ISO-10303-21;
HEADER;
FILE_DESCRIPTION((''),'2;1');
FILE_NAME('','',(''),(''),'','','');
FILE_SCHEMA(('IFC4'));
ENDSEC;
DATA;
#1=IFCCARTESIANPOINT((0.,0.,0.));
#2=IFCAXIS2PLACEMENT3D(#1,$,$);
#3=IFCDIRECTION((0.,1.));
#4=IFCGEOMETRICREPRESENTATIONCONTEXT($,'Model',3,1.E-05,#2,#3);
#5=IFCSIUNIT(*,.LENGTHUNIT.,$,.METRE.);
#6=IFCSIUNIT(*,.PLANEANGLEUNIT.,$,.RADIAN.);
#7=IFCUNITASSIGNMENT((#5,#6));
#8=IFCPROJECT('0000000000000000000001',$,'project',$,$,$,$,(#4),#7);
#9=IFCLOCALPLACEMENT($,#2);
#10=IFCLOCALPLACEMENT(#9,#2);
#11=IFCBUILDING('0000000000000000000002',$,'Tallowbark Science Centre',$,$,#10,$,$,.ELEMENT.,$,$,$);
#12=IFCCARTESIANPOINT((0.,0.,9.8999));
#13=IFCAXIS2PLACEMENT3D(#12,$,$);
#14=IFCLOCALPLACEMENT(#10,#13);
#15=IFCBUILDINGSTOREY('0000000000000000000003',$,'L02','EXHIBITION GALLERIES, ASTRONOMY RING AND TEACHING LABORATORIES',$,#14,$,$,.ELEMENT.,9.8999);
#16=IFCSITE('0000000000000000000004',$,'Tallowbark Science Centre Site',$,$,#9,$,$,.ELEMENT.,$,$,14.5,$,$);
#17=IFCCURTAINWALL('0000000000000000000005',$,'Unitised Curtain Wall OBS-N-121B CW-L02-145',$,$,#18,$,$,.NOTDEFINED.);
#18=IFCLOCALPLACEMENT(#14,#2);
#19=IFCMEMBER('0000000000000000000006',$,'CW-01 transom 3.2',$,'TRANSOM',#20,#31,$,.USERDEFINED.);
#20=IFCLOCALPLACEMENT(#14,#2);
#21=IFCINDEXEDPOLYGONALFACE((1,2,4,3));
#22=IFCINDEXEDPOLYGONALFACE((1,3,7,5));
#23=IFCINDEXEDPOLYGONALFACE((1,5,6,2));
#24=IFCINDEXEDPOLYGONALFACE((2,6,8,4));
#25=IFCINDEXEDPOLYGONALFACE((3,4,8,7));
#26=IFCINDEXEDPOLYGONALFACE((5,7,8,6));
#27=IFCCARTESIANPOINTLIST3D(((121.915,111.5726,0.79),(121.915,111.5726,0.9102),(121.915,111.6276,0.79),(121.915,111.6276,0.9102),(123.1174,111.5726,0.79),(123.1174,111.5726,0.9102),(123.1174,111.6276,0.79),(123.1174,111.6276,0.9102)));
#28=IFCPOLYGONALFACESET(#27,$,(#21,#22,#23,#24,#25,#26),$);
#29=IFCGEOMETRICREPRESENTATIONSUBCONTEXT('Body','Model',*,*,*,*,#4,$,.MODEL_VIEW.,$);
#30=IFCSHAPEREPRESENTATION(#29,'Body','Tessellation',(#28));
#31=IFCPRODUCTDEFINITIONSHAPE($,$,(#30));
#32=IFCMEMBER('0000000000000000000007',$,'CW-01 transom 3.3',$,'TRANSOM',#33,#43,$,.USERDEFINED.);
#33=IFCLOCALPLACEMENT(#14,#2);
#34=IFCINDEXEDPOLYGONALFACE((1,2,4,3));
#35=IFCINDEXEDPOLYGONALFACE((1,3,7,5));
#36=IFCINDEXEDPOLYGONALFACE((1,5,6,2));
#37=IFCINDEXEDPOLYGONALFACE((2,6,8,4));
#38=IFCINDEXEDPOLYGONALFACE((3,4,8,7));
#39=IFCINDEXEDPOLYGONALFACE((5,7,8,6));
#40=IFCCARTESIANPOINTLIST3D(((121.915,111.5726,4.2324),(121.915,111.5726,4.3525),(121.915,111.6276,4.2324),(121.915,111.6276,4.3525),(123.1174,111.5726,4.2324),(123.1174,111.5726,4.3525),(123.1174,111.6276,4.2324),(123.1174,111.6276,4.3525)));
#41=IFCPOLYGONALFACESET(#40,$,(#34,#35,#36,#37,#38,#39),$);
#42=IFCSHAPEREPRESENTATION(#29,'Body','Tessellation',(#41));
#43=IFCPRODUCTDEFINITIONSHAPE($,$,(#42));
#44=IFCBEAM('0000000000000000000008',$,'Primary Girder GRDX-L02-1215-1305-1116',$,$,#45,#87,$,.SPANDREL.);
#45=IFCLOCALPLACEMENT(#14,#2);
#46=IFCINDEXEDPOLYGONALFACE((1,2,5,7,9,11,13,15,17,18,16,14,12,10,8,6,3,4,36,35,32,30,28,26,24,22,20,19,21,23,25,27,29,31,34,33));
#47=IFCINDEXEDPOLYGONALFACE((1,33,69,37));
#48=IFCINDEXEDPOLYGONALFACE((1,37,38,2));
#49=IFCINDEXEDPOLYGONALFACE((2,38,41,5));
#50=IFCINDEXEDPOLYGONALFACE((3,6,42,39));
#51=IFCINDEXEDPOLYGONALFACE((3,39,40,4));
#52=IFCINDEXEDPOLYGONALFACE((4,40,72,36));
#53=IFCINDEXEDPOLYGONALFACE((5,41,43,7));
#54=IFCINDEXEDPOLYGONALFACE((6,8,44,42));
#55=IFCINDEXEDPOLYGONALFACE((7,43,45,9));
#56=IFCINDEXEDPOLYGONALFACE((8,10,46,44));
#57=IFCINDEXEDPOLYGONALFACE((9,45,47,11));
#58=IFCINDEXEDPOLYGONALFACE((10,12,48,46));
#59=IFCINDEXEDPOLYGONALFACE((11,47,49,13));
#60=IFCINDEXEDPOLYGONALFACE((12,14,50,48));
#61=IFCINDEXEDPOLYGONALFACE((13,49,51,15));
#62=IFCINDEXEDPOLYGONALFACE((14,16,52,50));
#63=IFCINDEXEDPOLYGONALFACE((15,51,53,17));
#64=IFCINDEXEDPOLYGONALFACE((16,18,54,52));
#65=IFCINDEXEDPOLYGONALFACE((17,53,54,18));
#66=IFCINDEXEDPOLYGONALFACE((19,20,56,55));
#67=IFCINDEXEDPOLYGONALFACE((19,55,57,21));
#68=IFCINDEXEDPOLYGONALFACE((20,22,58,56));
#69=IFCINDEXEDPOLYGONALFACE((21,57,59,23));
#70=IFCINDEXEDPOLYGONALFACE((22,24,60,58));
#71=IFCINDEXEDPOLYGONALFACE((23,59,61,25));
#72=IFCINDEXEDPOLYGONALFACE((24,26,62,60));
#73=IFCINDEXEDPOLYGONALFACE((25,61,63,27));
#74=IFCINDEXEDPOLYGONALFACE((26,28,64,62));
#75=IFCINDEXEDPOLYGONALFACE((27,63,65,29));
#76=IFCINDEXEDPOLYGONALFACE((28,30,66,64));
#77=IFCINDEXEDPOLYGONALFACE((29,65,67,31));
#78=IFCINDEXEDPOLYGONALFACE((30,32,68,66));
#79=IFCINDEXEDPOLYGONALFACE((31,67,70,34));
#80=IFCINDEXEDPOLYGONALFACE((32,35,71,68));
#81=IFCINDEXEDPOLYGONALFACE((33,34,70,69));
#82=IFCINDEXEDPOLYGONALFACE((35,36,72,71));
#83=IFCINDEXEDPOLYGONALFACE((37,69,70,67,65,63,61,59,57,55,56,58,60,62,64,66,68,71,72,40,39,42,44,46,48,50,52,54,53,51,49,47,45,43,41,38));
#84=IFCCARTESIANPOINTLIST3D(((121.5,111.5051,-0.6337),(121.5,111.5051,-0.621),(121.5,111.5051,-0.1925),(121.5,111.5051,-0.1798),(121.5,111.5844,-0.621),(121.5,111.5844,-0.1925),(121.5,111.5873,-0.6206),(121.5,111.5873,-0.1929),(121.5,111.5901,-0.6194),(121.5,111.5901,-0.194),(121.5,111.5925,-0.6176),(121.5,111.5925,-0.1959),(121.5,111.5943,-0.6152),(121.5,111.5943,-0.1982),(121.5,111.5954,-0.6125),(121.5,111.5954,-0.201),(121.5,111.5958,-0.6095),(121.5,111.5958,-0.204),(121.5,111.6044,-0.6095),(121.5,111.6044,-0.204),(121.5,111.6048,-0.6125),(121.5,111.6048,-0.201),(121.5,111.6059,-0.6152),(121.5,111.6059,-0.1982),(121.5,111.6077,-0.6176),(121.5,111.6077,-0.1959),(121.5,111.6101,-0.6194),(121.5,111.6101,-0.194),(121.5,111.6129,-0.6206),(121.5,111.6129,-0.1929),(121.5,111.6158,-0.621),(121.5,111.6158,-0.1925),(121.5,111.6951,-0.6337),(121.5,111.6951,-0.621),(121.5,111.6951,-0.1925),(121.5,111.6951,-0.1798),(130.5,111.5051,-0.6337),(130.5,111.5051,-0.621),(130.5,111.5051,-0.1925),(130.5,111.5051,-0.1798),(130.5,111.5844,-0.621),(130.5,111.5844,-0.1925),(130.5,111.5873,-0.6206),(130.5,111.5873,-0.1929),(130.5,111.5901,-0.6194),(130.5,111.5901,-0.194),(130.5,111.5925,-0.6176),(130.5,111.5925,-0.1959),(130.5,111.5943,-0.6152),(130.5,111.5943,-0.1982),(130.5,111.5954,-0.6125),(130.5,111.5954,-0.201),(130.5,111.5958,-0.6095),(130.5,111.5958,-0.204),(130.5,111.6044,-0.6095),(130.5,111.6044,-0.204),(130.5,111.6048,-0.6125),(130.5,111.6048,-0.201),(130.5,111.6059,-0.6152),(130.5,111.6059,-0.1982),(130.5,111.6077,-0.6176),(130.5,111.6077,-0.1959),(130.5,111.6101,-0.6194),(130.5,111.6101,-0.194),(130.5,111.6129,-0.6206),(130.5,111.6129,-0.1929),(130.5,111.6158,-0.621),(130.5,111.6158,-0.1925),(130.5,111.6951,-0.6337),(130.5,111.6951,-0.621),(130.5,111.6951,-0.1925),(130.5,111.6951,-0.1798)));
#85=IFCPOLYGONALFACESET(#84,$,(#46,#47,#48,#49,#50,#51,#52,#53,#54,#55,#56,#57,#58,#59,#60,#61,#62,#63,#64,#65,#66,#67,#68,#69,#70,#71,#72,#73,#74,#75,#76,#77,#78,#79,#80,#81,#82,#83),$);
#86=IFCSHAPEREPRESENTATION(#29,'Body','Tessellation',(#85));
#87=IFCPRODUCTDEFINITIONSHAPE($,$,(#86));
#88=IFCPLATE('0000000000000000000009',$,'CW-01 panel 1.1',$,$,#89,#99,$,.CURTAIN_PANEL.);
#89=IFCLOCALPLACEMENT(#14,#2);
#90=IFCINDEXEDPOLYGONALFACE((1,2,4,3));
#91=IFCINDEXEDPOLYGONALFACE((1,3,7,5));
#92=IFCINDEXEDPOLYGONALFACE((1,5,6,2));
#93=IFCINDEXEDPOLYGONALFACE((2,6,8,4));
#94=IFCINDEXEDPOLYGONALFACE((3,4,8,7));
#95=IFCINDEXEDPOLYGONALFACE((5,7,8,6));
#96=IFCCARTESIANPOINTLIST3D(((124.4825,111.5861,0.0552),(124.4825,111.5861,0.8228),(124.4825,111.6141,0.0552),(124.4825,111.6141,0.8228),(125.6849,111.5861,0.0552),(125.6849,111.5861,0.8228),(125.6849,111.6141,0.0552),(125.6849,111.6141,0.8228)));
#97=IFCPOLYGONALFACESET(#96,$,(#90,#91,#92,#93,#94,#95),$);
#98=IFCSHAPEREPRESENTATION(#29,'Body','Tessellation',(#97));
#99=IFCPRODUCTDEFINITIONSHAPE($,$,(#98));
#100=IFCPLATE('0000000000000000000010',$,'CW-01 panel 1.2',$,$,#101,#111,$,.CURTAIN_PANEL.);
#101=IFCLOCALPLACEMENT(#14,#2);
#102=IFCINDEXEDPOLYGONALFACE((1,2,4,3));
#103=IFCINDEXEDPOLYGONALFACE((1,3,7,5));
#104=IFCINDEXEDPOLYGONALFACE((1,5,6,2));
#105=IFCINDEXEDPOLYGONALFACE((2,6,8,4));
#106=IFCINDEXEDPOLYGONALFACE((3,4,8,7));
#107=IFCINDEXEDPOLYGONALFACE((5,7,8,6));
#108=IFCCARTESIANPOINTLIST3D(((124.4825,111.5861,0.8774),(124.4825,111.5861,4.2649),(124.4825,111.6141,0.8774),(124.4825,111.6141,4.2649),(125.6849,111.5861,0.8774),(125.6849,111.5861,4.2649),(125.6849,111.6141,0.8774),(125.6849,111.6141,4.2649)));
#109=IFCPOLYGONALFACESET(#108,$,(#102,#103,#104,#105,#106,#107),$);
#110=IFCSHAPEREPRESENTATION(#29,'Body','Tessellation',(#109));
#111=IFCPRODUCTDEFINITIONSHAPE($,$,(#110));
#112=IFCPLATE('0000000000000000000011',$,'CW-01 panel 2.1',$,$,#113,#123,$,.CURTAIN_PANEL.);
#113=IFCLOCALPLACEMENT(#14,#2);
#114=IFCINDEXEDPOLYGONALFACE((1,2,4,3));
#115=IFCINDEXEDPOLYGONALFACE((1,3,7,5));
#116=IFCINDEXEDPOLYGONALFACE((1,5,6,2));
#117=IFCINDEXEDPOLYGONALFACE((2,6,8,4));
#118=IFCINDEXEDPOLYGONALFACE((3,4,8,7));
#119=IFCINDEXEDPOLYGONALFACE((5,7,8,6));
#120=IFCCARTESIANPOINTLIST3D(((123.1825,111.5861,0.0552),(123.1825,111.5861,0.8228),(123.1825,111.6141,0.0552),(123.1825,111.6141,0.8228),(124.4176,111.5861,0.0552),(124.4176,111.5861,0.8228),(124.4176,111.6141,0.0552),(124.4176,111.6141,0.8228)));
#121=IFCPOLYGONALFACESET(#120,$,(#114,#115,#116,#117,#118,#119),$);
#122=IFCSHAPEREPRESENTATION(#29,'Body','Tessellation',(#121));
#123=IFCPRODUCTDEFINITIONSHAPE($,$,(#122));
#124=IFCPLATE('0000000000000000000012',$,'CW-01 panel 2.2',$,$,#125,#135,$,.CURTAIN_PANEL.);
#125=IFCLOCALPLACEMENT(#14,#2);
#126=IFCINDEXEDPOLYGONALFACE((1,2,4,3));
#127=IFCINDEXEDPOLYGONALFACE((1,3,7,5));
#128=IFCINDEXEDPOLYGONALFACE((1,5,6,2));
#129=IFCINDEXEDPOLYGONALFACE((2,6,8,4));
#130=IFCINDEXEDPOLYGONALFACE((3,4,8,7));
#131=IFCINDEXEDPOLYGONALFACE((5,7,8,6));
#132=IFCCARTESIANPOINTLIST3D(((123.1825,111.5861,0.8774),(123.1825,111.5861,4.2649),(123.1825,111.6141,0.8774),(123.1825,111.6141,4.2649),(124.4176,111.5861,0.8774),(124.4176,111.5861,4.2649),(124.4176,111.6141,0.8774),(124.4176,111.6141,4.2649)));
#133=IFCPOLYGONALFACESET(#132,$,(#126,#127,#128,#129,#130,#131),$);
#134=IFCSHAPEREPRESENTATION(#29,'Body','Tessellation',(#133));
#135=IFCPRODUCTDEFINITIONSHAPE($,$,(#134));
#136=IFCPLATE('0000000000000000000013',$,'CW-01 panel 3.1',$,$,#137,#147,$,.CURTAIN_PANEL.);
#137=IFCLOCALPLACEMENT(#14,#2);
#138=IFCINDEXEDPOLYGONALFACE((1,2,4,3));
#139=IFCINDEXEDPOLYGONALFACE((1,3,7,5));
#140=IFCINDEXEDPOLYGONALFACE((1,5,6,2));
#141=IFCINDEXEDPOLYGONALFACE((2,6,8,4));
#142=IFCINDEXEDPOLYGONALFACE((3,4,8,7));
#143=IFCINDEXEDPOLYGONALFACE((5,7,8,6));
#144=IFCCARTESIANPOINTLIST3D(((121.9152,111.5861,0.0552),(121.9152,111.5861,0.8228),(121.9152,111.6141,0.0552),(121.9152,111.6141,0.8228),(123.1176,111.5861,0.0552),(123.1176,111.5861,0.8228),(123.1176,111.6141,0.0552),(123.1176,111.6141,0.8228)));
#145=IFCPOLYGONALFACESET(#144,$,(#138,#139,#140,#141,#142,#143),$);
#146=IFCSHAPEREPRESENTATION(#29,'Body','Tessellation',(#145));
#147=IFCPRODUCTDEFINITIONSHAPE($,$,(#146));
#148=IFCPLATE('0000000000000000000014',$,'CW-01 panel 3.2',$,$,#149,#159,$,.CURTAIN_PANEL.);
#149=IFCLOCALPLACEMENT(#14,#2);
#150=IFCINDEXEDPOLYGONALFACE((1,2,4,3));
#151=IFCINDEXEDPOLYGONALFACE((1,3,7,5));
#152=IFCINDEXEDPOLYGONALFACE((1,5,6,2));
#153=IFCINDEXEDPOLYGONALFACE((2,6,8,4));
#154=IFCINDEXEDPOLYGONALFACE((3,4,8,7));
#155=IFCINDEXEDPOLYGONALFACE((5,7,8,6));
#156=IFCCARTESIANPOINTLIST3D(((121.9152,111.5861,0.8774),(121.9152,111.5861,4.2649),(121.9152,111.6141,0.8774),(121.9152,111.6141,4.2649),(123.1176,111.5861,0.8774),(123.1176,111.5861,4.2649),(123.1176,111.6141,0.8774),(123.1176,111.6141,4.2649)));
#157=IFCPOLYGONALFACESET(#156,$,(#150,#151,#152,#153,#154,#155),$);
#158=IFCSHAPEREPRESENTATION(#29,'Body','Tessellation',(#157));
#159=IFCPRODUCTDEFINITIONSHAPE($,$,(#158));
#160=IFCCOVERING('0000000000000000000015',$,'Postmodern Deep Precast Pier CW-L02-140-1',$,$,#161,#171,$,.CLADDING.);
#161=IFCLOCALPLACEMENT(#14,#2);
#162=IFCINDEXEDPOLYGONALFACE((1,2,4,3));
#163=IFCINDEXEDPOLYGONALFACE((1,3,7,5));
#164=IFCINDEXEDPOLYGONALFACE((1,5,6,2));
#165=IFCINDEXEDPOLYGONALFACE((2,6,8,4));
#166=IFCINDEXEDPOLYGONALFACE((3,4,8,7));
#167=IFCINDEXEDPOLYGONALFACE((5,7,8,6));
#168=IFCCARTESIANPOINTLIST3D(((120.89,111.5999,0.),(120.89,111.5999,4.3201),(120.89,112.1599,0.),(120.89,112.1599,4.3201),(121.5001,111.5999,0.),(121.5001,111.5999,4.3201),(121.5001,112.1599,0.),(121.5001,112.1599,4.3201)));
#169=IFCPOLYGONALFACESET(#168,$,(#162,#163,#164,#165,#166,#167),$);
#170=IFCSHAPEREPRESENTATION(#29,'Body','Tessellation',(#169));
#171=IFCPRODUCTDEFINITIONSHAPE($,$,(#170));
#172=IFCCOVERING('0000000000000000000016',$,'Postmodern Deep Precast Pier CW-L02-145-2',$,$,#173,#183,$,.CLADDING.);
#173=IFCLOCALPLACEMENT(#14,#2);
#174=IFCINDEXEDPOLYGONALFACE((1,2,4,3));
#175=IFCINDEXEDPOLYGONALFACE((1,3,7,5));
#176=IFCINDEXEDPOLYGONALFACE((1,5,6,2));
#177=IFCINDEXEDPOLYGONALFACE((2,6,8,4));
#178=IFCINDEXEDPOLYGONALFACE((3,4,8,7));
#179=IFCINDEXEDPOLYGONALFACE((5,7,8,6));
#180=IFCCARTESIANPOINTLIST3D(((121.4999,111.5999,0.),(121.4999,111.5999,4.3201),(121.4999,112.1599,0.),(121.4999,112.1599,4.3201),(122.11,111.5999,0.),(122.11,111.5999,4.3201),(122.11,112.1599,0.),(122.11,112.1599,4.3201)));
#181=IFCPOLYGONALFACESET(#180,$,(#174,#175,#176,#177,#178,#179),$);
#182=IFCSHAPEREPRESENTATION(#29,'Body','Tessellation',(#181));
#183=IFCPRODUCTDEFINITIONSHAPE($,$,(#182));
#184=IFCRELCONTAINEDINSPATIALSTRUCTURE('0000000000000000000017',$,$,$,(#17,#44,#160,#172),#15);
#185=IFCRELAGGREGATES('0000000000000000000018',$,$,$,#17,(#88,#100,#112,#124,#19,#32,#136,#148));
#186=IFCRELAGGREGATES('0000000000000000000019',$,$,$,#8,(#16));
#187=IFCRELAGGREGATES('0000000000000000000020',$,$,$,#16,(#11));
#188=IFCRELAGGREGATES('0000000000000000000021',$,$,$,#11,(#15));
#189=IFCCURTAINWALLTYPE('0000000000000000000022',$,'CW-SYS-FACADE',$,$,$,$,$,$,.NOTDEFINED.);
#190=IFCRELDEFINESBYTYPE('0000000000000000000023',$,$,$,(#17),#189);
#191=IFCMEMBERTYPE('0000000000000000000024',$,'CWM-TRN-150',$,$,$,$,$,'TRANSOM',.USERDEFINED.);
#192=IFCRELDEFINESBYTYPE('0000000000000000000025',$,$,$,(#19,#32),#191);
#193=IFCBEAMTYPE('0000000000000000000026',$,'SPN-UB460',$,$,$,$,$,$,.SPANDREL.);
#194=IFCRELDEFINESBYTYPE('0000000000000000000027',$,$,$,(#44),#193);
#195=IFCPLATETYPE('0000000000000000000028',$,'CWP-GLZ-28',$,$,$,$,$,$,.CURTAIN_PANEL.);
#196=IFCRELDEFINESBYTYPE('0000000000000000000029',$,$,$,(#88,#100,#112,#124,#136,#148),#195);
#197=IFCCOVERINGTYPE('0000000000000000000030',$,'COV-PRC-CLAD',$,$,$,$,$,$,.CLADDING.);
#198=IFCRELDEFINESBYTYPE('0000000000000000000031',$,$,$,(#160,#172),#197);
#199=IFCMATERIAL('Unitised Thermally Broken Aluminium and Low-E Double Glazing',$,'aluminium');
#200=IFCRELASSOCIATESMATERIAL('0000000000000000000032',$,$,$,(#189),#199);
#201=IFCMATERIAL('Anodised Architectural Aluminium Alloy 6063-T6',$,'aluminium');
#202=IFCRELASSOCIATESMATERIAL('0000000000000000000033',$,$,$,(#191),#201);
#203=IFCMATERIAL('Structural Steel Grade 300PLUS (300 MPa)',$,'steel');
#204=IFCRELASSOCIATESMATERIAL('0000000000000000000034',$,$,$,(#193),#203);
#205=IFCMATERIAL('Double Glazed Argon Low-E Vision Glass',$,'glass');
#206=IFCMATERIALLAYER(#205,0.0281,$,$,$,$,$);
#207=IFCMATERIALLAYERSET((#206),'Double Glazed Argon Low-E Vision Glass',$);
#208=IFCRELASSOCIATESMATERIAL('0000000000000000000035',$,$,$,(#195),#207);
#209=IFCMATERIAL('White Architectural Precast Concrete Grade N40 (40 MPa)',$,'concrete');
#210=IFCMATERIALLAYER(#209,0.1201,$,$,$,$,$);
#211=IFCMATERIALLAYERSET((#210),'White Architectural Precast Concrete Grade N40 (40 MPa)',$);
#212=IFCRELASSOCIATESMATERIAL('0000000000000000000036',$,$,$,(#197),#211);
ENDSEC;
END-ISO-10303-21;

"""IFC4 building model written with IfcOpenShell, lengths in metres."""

from ifc_helpers import new_model, si_unit, direction, frame, origin, origin_2d, place, context, subcontext, project, spatial, rectangle, i_section, extrude, material, layer, layer_set, material_profile, profile_set, type_object, element, aggregate, save


model = new_model("IFC4")

# Units and contexts
model_context = context("Model", 3, precision=1e-05, world=origin(), true_north=direction((0.0, 1.0)))
body_context = subcontext(model_context, "Body", "Model", "MODEL_VIEW")
ifc_project = project(units=[si_unit("LENGTHUNIT", "METRE"), si_unit("PLANEANGLEUNIT", "RADIAN")], contexts=[model_context])

# Site, building, storey
site_placement = place(None, origin())
site = spatial("IfcSite", under=ifc_project, at=site_placement, Name="Tallowbark Science Centre Site", CompositionType="ELEMENT", RefElevation=14.5)
building_placement = place(site_placement, origin())
building = spatial("IfcBuilding", under=site, at=building_placement, Name="Tallowbark Science Centre", CompositionType="ELEMENT")
storey_placement = place(building_placement, frame((0.0, 0.0, 9.8999)))
storey = spatial("IfcBuildingStorey", under=building, at=storey_placement, Name="L02", Description="EXHIBITION GALLERIES, ASTRONOMY RING AND TEACHING LABORATORIES", CompositionType="ELEMENT", Elevation=9.8999)

# Shared definitions
ifc_material_1 = material(Name="Structural Steel Grade 300PLUS (300 MPa)", Category="steel")

# Shared definitions
ifc_material_2 = material(Name="Unitised Thermally Broken Aluminium and Low-E Double Glazing", Category="aluminium")
curtain_wall_type = type_object("IfcCurtainWallType", Name="CW-SYS-FACADE", PredefinedType="NOTDEFINED", material=ifc_material_2)
ifc_material_3 = material(Name="Anodised Architectural Aluminium Alloy 6063-T6", Category="aluminium")

# Curtain wall, members
curtain_wall_1_placement = place(storey_placement, origin())
curtain_wall_1 = element("IfcCurtainWall", 1, at=curtain_wall_1_placement, inside=storey, type_object=curtain_wall_type, Name="Unitised Curtain Wall OBS-N-121B CW-L02-145", PredefinedType="NOTDEFINED")
ifc_material_profile_1 = material_profile(ifc_material_3, rectangle(XDim=0.0549, YDim=0.1201, at=origin_2d()), Name="ALU55x120")
ifc_profile_set_1 = profile_set([ifc_material_profile_1], Name="Anodised Architectural Aluminium Alloy 6063-T6")
member_type_1 = type_object("IfcMemberType", Name="CWM-TRN-150", ElementType="TRANSOM", PredefinedType="USERDEFINED", material=ifc_profile_set_1)
member_1_placement = place(storey_placement, frame((123.1174, 111.6001, 0.8501), z_axis=(-1.0, 0.0, 0.0), x_axis=(0.0, -1.0, 0.0)))
member_1 = element("IfcMember", 2, at=member_1_placement, type_object=member_type_1, Name="CW-01 transom 3.2", ObjectType="TRANSOM", PredefinedType="USERDEFINED", context=body_context, shape_type="SweptSolid", body=[
    extrude(rectangle(XDim=0.0549, YDim=0.1201, at=origin_2d()), origin(), (0.0, 0.0, 1.0), 1.2024),
])
member_2_placement = place(storey_placement, frame((123.1174, 111.6001, 4.2925), z_axis=(-1.0, 0.0, 0.0), x_axis=(0.0, -1.0, 0.0)))
member_2 = element("IfcMember", 3, at=member_2_placement, type_object=member_type_1, Name="CW-01 transom 3.3", ObjectType="TRANSOM", PredefinedType="USERDEFINED", context=body_context, shape_type="SweptSolid", body=[
    extrude(rectangle(XDim=0.0549, YDim=0.1201, at=origin_2d()), origin(), (0.0, 0.0, 1.0), 1.2024),
])

# Beam
ifc_material_profile_2 = material_profile(ifc_material_1, i_section(OverallWidth=0.1899, OverallDepth=0.4539, WebThickness=0.0085, FlangeThickness=0.0127, FilletRadius=0.0115, at=origin_2d()), Name="460UB67.1")
ifc_profile_set_2 = profile_set([ifc_material_profile_2], Name="Structural Steel Grade 300PLUS (300 MPa)")
beam_type = type_object("IfcBeamType", Name="SPN-UB460", PredefinedType="SPANDREL", material=ifc_profile_set_2)
beam_placement = place(storey_placement, frame((121.5, 111.6001, -0.4067), z_axis=(1.0, 0.0, 0.0), x_axis=(0.0, 1.0, 0.0)))
element("IfcBeam", 4, at=beam_placement, inside=storey, type_object=beam_type, Name="Primary Girder GRDX-L02-1215-1305-1116", PredefinedType="SPANDREL", context=body_context, shape_type="SweptSolid", body=[
    extrude(i_section(OverallWidth=0.1899, OverallDepth=0.4539, WebThickness=0.0085, FlangeThickness=0.0127, FilletRadius=0.0115, at=origin_2d()), origin(), (0.0, 0.0, 1.0), 9.0),
])

# Plates
ifc_material_4 = material(Name="Double Glazed Argon Low-E Vision Glass", Category="glass")
ifc_layer_1 = layer(ifc_material_4, 0.0281)
ifc_layer_set_1 = layer_set([ifc_layer_1], Name="Double Glazed Argon Low-E Vision Glass")
plate_type = type_object("IfcPlateType", Name="CWP-GLZ-28", PredefinedType="CURTAIN_PANEL", material=ifc_layer_set_1)
plate_1_placement = place(storey_placement, frame((125.0837, 111.6001, 0.0552), z_axis=(0.0, 0.0, 1.0), x_axis=(-1.0, 0.0, 0.0)))
plate_1 = element("IfcPlate", 5, at=plate_1_placement, type_object=plate_type, Name="CW-01 panel 1.1", PredefinedType="CURTAIN_PANEL", context=body_context, shape_type="SweptSolid", body=[
    extrude(rectangle(XDim=1.2024, YDim=0.0281, at=origin_2d()), origin(), (0.0, 0.0, 1.0), 0.7676),
])
plate_2_placement = place(storey_placement, frame((125.0837, 111.6001, 0.8774), z_axis=(0.0, 0.0, 1.0), x_axis=(-1.0, 0.0, 0.0)))
plate_2 = element("IfcPlate", 6, at=plate_2_placement, type_object=plate_type, Name="CW-01 panel 1.2", PredefinedType="CURTAIN_PANEL", context=body_context, shape_type="SweptSolid", body=[
    extrude(rectangle(XDim=1.2024, YDim=0.0281, at=origin_2d()), origin(), (0.0, 0.0, 1.0), 3.3875),
])
plate_3_placement = place(storey_placement, frame((123.8, 111.6001, 0.0552), z_axis=(0.0, 0.0, 1.0), x_axis=(-1.0, 0.0, 0.0)))
plate_3 = element("IfcPlate", 7, at=plate_3_placement, type_object=plate_type, Name="CW-01 panel 2.1", PredefinedType="CURTAIN_PANEL", context=body_context, shape_type="SweptSolid", body=[
    extrude(rectangle(XDim=1.2351, YDim=0.0281, at=origin_2d()), origin(), (0.0, 0.0, 1.0), 0.7676),
])
plate_4_placement = place(storey_placement, frame((123.8, 111.6001, 0.8774), z_axis=(0.0, 0.0, 1.0), x_axis=(-1.0, 0.0, 0.0)))
plate_4 = element("IfcPlate", 8, at=plate_4_placement, type_object=plate_type, Name="CW-01 panel 2.2", PredefinedType="CURTAIN_PANEL", context=body_context, shape_type="SweptSolid", body=[
    extrude(rectangle(XDim=1.2351, YDim=0.0281, at=origin_2d()), origin(), (0.0, 0.0, 1.0), 3.3875),
])
plate_5_placement = place(storey_placement, frame((122.5164, 111.6001, 0.0552), z_axis=(0.0, 0.0, 1.0), x_axis=(-1.0, 0.0, 0.0)))
plate_5 = element("IfcPlate", 9, at=plate_5_placement, type_object=plate_type, Name="CW-01 panel 3.1", PredefinedType="CURTAIN_PANEL", context=body_context, shape_type="SweptSolid", body=[
    extrude(rectangle(XDim=1.2024, YDim=0.0281, at=origin_2d()), origin(), (0.0, 0.0, 1.0), 0.7676),
])
plate_6_placement = place(storey_placement, frame((122.5164, 111.6001, 0.8774), z_axis=(0.0, 0.0, 1.0), x_axis=(-1.0, 0.0, 0.0)))
plate_6 = element("IfcPlate", 10, at=plate_6_placement, type_object=plate_type, Name="CW-01 panel 3.2", PredefinedType="CURTAIN_PANEL", context=body_context, shape_type="SweptSolid", body=[
    extrude(rectangle(XDim=1.2024, YDim=0.0281, at=origin_2d()), origin(), (0.0, 0.0, 1.0), 3.3875),
])
aggregate(curtain_wall_1, [plate_1, plate_2, plate_3, plate_4, member_1, member_2, plate_5, plate_6])

# Coverings
ifc_material_5 = material(Name="White Architectural Precast Concrete Grade N40 (40 MPa)", Category="concrete")
ifc_layer_2 = layer(ifc_material_5, 0.1201)
ifc_layer_set_2 = layer_set([ifc_layer_2], Name="White Architectural Precast Concrete Grade N40 (40 MPa)")
covering_type_1 = type_object("IfcCoveringType", Name="COV-PRC-CLAD", PredefinedType="CLADDING", material=ifc_layer_set_2)
for number, where, z_axis, x_axis, name in (
    (11, (121.1951, 111.8799, 0.0), (0.0, 0.0, 1.0), (-1.0, 0.0, 0.0), "Postmodern Deep Precast Pier CW-L02-140-1"),
    (12, (121.8049, 111.8799, 0.0), (0.0, 0.0, 1.0), (-1.0, 0.0, 0.0), "Postmodern Deep Precast Pier CW-L02-145-2"),
):
    element("IfcCovering", number, at=place(storey_placement, frame(where, z_axis=z_axis, x_axis=x_axis)), inside=storey, type_object=covering_type_1, Name=name, PredefinedType="CLADDING", context=body_context, shape_type="SweptSolid", body=[
        extrude(rectangle(XDim=0.6101, YDim=0.5601, at=origin_2d()), origin(), (0.0, 0.0, 1.0), 4.3201),
    ])

save(model, "model.ifc")
